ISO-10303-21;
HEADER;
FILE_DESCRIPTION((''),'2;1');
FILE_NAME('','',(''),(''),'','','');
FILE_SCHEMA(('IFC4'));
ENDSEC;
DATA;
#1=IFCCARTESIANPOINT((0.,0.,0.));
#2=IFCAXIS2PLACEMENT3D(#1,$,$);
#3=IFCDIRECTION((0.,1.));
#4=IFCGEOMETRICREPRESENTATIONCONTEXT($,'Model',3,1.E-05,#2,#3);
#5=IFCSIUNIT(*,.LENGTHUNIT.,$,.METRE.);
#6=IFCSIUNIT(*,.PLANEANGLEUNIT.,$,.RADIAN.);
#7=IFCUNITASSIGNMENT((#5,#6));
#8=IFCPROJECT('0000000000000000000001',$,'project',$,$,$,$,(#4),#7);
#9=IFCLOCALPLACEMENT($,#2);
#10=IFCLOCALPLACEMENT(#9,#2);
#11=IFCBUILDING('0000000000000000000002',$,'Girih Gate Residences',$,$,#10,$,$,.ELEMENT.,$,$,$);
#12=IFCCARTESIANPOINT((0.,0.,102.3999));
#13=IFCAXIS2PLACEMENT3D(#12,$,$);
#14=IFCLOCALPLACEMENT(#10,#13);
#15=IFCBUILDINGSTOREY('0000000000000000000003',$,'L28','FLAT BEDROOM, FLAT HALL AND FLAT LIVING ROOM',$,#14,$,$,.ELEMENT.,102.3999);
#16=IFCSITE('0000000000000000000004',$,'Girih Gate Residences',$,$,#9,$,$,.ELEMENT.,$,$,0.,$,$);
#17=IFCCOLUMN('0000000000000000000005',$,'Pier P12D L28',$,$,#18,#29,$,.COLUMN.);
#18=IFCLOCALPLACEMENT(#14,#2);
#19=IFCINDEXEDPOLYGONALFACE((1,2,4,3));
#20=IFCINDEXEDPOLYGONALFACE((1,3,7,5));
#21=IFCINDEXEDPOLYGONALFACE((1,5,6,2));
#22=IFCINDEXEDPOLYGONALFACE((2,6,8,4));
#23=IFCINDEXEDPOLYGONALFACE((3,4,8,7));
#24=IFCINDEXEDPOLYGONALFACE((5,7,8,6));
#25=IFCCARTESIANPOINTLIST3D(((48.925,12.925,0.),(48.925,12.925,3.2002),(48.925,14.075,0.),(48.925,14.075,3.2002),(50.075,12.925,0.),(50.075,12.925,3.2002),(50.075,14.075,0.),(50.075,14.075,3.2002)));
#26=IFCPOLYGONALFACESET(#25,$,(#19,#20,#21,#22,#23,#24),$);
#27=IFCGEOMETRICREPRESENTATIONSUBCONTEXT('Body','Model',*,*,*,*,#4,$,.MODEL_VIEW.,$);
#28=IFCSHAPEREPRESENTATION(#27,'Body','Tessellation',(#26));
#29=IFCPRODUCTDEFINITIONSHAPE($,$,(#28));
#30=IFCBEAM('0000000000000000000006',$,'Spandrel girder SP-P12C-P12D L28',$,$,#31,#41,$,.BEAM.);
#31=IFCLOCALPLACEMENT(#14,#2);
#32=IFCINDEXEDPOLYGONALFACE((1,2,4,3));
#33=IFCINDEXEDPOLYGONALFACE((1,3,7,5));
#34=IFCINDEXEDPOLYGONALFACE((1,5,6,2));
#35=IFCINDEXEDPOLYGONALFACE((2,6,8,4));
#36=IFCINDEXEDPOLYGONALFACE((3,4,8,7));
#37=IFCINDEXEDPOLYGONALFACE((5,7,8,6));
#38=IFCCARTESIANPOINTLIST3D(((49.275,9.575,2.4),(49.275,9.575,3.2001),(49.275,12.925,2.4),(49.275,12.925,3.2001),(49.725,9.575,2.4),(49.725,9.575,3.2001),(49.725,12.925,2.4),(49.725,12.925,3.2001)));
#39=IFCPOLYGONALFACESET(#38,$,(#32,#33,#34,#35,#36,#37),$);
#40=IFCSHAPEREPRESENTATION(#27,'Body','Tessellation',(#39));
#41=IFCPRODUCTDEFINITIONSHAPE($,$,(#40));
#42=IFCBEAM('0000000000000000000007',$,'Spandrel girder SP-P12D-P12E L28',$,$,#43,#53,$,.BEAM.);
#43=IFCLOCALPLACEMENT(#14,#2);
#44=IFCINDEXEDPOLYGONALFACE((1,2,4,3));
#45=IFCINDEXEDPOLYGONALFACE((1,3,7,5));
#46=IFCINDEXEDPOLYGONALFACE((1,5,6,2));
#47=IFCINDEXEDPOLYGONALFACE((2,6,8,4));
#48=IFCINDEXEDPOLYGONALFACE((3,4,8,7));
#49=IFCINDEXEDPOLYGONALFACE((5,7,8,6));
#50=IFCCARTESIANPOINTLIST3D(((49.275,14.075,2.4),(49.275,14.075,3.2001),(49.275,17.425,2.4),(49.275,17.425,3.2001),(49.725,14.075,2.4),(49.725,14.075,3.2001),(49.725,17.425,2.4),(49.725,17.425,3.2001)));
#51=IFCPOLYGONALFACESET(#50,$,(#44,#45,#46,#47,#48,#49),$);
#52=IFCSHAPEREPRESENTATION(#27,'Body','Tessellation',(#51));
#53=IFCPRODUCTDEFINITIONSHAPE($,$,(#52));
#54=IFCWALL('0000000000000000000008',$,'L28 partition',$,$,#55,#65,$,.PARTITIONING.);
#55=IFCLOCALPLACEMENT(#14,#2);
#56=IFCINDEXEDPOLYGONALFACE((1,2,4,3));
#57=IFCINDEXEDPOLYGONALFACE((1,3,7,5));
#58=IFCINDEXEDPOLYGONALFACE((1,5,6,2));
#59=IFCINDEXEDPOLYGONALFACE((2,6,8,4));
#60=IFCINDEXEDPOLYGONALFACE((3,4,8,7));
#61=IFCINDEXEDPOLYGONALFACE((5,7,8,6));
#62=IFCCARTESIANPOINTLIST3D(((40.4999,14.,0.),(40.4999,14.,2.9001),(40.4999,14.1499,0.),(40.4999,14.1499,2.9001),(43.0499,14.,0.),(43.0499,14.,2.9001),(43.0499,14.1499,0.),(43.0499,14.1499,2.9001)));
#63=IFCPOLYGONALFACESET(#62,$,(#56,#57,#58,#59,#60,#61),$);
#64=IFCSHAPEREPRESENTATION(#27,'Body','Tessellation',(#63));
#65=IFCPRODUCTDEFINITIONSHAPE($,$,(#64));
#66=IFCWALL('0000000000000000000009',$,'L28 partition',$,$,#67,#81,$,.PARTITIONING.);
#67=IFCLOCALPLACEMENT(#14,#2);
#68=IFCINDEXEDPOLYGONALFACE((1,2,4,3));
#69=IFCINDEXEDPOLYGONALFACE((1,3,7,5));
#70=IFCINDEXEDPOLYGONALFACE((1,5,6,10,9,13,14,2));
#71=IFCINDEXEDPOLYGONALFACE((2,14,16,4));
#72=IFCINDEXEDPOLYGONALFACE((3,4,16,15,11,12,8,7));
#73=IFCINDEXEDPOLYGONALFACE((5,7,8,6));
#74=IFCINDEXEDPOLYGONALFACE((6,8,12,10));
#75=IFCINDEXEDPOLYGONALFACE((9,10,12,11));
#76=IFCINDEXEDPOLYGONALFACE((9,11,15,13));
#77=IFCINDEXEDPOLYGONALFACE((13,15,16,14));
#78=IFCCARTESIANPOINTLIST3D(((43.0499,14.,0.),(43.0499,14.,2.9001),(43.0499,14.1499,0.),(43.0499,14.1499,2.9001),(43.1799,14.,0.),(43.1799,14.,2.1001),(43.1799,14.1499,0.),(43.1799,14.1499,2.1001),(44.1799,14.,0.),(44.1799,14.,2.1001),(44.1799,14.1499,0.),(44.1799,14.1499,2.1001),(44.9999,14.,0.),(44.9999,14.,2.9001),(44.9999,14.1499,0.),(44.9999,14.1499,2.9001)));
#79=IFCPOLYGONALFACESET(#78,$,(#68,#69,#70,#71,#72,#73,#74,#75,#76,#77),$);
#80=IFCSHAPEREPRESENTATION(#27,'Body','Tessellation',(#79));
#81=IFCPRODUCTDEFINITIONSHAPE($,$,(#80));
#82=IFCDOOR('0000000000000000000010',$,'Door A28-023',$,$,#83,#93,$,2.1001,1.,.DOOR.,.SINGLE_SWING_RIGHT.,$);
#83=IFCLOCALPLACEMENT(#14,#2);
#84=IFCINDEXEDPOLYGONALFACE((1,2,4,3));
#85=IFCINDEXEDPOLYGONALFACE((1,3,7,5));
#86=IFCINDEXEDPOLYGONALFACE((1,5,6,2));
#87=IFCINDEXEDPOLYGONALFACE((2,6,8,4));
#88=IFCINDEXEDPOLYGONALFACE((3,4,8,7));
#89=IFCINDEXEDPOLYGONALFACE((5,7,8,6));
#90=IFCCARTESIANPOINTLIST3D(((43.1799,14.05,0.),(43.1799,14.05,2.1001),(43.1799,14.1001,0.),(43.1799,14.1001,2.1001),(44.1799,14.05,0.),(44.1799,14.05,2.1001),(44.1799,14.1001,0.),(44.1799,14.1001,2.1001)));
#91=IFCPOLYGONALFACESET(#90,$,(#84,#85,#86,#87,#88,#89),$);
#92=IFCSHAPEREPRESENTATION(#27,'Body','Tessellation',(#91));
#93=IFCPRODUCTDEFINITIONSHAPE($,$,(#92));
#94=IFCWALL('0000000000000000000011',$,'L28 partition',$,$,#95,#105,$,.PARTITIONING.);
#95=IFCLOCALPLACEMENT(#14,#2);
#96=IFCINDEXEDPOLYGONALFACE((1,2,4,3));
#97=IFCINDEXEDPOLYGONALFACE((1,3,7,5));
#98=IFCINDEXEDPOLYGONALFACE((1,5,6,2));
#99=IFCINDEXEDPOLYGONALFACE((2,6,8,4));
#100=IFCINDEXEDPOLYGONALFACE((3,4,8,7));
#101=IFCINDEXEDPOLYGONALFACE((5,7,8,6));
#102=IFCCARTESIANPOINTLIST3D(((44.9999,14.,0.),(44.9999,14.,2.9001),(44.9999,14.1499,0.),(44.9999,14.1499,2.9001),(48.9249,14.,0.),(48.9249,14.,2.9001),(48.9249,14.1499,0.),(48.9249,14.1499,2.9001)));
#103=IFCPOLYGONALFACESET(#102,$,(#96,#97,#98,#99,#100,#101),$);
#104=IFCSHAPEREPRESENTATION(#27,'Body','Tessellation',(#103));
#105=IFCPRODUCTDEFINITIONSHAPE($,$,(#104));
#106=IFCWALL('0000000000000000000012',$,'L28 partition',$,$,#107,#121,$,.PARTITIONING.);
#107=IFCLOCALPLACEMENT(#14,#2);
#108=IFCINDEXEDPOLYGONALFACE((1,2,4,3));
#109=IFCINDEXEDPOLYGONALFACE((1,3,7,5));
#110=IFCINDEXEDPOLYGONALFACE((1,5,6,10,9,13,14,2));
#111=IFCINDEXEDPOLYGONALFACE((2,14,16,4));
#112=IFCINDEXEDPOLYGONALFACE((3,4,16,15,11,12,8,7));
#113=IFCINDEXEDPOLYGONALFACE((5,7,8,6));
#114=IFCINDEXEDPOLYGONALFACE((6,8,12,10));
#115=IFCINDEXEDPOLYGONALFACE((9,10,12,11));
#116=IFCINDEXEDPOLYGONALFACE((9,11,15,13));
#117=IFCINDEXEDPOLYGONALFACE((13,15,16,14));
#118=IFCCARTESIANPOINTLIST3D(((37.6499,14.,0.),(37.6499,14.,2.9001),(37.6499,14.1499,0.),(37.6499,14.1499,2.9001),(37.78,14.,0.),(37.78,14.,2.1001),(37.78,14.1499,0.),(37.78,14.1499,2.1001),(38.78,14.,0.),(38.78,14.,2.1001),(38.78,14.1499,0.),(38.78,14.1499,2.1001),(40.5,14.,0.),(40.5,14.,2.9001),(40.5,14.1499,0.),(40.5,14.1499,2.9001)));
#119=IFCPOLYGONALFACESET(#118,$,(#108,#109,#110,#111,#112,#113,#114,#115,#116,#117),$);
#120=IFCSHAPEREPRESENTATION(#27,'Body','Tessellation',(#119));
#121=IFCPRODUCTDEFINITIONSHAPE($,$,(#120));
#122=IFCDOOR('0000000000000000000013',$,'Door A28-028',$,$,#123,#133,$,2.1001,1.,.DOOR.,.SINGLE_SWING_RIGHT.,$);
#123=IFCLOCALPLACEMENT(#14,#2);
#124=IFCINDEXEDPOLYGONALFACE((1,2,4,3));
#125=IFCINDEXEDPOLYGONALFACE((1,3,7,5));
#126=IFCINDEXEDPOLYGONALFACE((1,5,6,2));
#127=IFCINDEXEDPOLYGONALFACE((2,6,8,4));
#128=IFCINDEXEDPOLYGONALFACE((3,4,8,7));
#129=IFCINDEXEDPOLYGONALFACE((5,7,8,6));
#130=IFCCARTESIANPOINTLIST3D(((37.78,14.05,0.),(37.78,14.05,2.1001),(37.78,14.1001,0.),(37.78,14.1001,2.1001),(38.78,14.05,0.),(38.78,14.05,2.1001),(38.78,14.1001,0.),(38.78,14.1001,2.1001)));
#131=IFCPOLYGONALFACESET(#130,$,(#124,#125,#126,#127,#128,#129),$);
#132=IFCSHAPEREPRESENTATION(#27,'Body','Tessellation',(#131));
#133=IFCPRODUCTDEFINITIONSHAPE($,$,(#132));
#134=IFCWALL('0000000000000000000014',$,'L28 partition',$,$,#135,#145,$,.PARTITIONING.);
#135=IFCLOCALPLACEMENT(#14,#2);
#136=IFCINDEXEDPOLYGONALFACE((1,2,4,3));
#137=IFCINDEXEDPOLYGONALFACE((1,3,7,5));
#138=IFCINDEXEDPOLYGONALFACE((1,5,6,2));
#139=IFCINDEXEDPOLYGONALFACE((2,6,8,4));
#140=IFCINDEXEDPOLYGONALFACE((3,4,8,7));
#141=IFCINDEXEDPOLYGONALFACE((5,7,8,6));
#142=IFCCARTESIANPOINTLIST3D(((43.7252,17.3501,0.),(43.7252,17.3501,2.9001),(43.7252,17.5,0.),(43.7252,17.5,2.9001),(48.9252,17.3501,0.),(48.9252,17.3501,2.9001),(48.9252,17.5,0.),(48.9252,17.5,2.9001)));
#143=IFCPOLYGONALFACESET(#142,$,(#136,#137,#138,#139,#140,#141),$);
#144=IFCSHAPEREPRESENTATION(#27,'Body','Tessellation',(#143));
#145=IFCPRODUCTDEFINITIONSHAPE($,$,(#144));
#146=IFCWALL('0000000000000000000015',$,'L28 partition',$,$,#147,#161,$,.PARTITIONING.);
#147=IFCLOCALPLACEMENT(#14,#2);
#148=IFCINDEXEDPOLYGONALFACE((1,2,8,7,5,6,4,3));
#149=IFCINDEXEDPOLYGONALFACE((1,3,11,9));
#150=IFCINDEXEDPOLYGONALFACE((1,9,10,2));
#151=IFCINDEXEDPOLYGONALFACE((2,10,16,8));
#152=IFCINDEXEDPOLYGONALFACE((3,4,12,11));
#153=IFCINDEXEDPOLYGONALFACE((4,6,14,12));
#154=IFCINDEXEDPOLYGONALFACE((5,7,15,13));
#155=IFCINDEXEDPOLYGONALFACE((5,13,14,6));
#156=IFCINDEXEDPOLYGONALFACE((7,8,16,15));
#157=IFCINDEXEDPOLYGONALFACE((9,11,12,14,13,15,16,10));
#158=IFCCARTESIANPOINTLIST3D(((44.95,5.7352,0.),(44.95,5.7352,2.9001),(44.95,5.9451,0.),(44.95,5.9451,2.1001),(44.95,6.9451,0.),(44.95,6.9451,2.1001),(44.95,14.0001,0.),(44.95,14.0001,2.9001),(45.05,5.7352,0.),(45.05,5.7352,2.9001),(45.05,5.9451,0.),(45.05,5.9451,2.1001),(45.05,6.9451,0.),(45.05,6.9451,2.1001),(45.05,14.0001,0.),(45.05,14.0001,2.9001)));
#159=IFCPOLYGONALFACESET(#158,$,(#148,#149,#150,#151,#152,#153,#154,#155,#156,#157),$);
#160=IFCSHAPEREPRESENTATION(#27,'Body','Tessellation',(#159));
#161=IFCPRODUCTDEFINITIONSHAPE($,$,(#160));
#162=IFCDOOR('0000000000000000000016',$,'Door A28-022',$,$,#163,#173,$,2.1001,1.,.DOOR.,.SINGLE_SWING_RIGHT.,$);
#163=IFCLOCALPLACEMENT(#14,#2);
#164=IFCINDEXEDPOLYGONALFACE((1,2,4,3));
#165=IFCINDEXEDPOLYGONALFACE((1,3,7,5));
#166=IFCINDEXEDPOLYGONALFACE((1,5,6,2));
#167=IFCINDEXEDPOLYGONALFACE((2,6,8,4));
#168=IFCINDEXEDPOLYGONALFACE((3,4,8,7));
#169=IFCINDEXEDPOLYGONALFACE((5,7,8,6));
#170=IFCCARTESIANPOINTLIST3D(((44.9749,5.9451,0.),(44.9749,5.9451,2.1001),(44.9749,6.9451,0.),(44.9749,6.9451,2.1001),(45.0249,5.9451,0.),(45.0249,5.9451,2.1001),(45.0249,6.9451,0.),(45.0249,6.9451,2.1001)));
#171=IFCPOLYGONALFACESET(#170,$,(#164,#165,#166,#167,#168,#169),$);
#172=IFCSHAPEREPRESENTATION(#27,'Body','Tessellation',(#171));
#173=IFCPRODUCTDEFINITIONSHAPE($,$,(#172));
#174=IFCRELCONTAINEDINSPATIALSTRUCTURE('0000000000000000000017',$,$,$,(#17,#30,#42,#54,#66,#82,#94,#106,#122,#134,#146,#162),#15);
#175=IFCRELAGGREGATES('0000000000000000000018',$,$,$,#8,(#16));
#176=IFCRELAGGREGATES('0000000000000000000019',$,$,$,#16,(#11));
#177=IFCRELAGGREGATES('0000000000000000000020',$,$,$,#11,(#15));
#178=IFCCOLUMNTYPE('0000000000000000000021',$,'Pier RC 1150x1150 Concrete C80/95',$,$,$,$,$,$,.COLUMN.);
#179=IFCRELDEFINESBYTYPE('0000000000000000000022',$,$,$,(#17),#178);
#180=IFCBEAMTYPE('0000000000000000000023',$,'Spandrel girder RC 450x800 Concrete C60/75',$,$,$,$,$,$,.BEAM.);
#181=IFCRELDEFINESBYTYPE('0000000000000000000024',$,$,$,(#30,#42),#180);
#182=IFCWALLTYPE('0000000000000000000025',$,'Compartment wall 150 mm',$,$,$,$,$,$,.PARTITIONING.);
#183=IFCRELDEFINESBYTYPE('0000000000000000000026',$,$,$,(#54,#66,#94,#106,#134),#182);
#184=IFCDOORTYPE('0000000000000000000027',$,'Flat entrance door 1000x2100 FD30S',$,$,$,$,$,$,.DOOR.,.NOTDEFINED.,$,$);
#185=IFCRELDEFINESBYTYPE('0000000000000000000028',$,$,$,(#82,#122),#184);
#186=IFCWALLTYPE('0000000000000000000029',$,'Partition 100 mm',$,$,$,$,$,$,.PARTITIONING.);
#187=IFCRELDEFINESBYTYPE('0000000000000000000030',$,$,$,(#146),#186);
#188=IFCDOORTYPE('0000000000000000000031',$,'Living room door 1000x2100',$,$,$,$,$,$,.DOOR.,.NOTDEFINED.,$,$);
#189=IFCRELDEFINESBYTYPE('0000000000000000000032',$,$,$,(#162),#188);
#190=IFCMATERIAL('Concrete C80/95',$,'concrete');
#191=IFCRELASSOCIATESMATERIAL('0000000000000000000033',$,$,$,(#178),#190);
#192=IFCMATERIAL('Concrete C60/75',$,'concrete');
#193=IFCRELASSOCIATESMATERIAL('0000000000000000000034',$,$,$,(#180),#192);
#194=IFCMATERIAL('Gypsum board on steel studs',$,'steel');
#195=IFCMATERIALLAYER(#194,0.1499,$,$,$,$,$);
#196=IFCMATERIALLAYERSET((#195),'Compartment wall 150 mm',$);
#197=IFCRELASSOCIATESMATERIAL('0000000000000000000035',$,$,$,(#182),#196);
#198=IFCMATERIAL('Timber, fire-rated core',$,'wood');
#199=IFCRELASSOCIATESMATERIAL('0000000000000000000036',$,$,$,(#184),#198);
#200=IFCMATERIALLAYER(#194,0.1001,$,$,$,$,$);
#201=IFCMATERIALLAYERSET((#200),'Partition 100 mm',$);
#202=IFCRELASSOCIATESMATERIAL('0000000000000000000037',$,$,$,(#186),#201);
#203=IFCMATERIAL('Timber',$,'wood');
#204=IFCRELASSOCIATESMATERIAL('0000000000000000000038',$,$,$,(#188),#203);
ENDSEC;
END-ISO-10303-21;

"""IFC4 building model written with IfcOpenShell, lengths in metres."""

from ifc_helpers import new_model, si_unit, direction, frame, frame_2d, origin, origin_2d, place, context, subcontext, project, spatial, rectangle, extrude, material, layer, layer_set, material_profile, profile_set, type_object, element, fill, save


model = new_model("IFC4")

# Units and contexts
model_context = context("Model", 3, precision=1e-05, world=origin(), true_north=direction((0.0, 1.0)))
body_context = subcontext(model_context, "Body", "Model", "MODEL_VIEW")
ifc_project = project(units=[si_unit("LENGTHUNIT", "METRE"), si_unit("PLANEANGLEUNIT", "RADIAN")], contexts=[model_context])

# Site, building, storey
site_placement = place(None, origin())
site = spatial("IfcSite", under=ifc_project, at=site_placement, Name="Girih Gate Residences", CompositionType="ELEMENT", RefElevation=0.0)
building_placement = place(site_placement, origin())
building = spatial("IfcBuilding", under=site, at=building_placement, Name="Girih Gate Residences", CompositionType="ELEMENT")
storey_placement = place(building_placement, frame((0.0, 0.0, 102.3999)))
storey = spatial("IfcBuildingStorey", under=building, at=storey_placement, Name="L28", Description="FLAT BEDROOM, FLAT HALL AND FLAT LIVING ROOM", CompositionType="ELEMENT", Elevation=102.3999)

# Column
ifc_material_1 = material(Name="Concrete C80/95", Category="concrete")
ifc_material_profile_1 = material_profile(ifc_material_1, rectangle(XDim=1.1499, YDim=1.1499, at=origin_2d()))
ifc_profile_set_1 = profile_set([ifc_material_profile_1], Name="Concrete C80/95")
column_type = type_object("IfcColumnType", Name="Pier RC 1150x1150 Concrete C80/95", PredefinedType="COLUMN", material=ifc_profile_set_1)
column_placement = place(storey_placement, frame((49.5, 13.5, 0.0), z_axis=(0.0, 0.0, 1.0), x_axis=(1.0, 0.0, 0.0)))
element("IfcColumn", 1, at=column_placement, inside=storey, type_object=column_type, Name="Pier P12D L28", PredefinedType="COLUMN", context=body_context, shape_type="SweptSolid", body=[
    extrude(rectangle(XDim=1.1499, YDim=1.1499, at=origin_2d()), origin(), (0.0, 0.0, 1.0), 3.2002),
])

# Beams
ifc_material_2 = material(Name="Concrete C60/75", Category="concrete")
ifc_material_profile_2 = material_profile(ifc_material_2, rectangle(XDim=0.45, YDim=0.8, at=origin_2d()))
ifc_profile_set_2 = profile_set([ifc_material_profile_2], Name="Concrete C60/75")
beam_type = type_object("IfcBeamType", Name="Spandrel girder RC 450x800 Concrete C60/75", PredefinedType="BEAM", material=ifc_profile_set_2)
for number, where, z_axis, x_axis, name in (
    (2, (49.5, 9.575, 2.8), (0.0, 1.0, 0.0), (-1.0, 0.0, 0.0), "Spandrel girder SP-P12C-P12D L28"),
    (3, (49.5, 14.075, 2.8), (0.0, 1.0, 0.0), (-1.0, 0.0, 0.0), "Spandrel girder SP-P12D-P12E L28"),
):
    element("IfcBeam", number, at=place(storey_placement, frame(where, z_axis=z_axis, x_axis=x_axis)), inside=storey, type_object=beam_type, Name=name, PredefinedType="BEAM", context=body_context, shape_type="SweptSolid", body=[
        extrude(rectangle(XDim=0.45, YDim=0.8, at=origin_2d()), origin(), (0.0, 0.0, 1.0), 3.3501),
    ])

# Wall
ifc_material_3 = material(Name="Gypsum board on steel studs", Category="steel")
ifc_layer_1 = layer(ifc_material_3, 0.1499)
ifc_layer_set_1 = layer_set([ifc_layer_1], Name="Compartment wall 150 mm")
wall_type_1 = type_object("IfcWallType", Name="Compartment wall 150 mm", PredefinedType="PARTITIONING", material=ifc_layer_set_1)
wall_1_placement = place(storey_placement, frame((40.5, 14.075, 0.0), z_axis=(0.0, 0.0, 1.0), x_axis=(1.0, 0.0, 0.0)))
element("IfcWall", 4, at=wall_1_placement, inside=storey, type_object=wall_type_1, Name="L28 partition", PredefinedType="PARTITIONING", context=body_context, shape_type="SweptSolid", body=[
    extrude(rectangle(XDim=2.55, YDim=0.1499, at=frame_2d((1.2749, 0.0))), origin(), (0.0, 0.0, 1.0), 2.9001),
])

# Wall, opening, door
wall_2_placement = place(storey_placement, frame((45.0, 14.075, 0.0), z_axis=(0.0, 0.0, 1.0), x_axis=(-1.0, 0.0, 0.0)))
wall_2 = element("IfcWall", 5, at=wall_2_placement, inside=storey, type_object=wall_type_1, Name="L28 partition", PredefinedType="PARTITIONING", context=body_context, shape_type="SweptSolid", body=[
    extrude(rectangle(XDim=1.95, YDim=0.1499, at=frame_2d((0.9751, 0.0))), origin(), (0.0, 0.0, 1.0), 2.9001),
])
opening_1_placement = place(wall_2_placement, frame((0.8201, 0.0, 0.0)))
opening_1 = element("IfcOpeningElement", 6, at=opening_1_placement, cuts=wall_2, PredefinedType="OPENING", context=body_context, shape_type="SweptSolid", body=[
    extrude(rectangle(XDim=1.0, YDim=2.1001, at=frame_2d((0.5, 1.05))), frame((0.0, 0.085, 0.0), z_axis=(0.0, -1.0, 0.0), x_axis=(1.0, 0.0, 0.0)), (0.0, 0.0, 1.0), 0.1699),
])
ifc_material_4 = material(Name="Timber, fire-rated core", Category="wood")
door_type_1 = type_object("IfcDoorType", Name="Flat entrance door 1000x2100 FD30S", OperationType="NOTDEFINED", PredefinedType="DOOR", material=ifc_material_4)
door_1_placement = place(opening_1_placement, origin())
door_1 = element("IfcDoor", 7, at=door_1_placement, inside=storey, type_object=door_type_1, Name="Door A28-023", OperationType="SINGLE_SWING_RIGHT", OverallHeight=2.1001, OverallWidth=1.0, PredefinedType="DOOR", context=body_context, shape_type="SweptSolid", body=[
    extrude(rectangle(XDim=1.0, YDim=2.1001, at=frame_2d((0.5, 1.05))), frame((0.0, 0.0249, 0.0), z_axis=(0.0, -1.0, 0.0), x_axis=(1.0, 0.0, 0.0)), (0.0, 0.0, 1.0), 0.05),
])
fill(opening_1, door_1)

# Wall
wall_3_placement = place(storey_placement, frame((45.0, 14.075, 0.0), z_axis=(0.0, 0.0, 1.0), x_axis=(1.0, 0.0, 0.0)))
element("IfcWall", 8, at=wall_3_placement, inside=storey, type_object=wall_type_1, Name="L28 partition", PredefinedType="PARTITIONING", context=body_context, shape_type="SweptSolid", body=[
    extrude(rectangle(XDim=3.925, YDim=0.1499, at=frame_2d((1.9624, 0.0))), origin(), (0.0, 0.0, 1.0), 2.9001),
])

# Wall, opening, door
wall_4_placement = place(storey_placement, frame((40.5, 14.075, 0.0), z_axis=(0.0, 0.0, 1.0), x_axis=(-1.0, 0.0, 0.0)))
wall_4 = element("IfcWall", 9, at=wall_4_placement, inside=storey, type_object=wall_type_1, Name="L28 partition", PredefinedType="PARTITIONING", context=body_context, shape_type="SweptSolid", body=[
    extrude(rectangle(XDim=2.8501, YDim=0.1499, at=frame_2d((1.425, 0.0))), origin(), (0.0, 0.0, 1.0), 2.9001),
])
opening_2_placement = place(wall_4_placement, frame((1.72, 0.0, 0.0)))
opening_2 = element("IfcOpeningElement", 10, at=opening_2_placement, cuts=wall_4, PredefinedType="OPENING", context=body_context, shape_type="SweptSolid", body=[
    extrude(rectangle(XDim=1.0, YDim=2.1001, at=frame_2d((0.5, 1.05))), frame((0.0, 0.085, 0.0), z_axis=(0.0, -1.0, 0.0), x_axis=(1.0, 0.0, 0.0)), (0.0, 0.0, 1.0), 0.1699),
])
door_2_placement = place(opening_2_placement, origin())
door_2 = element("IfcDoor", 11, at=door_2_placement, inside=storey, type_object=door_type_1, Name="Door A28-028", OperationType="SINGLE_SWING_RIGHT", OverallHeight=2.1001, OverallWidth=1.0, PredefinedType="DOOR", context=body_context, shape_type="SweptSolid", body=[
    extrude(rectangle(XDim=1.0, YDim=2.1001, at=frame_2d((0.5, 1.05))), frame((0.0, 0.0249, 0.0), z_axis=(0.0, -1.0, 0.0), x_axis=(1.0, 0.0, 0.0)), (0.0, 0.0, 1.0), 0.05),
])
fill(opening_2, door_2)

# Wall
wall_5_placement = place(storey_placement, frame((43.7251, 17.425, 0.0), z_axis=(0.0, 0.0, 1.0), x_axis=(1.0, 0.0, 0.0)))
element("IfcWall", 12, at=wall_5_placement, inside=storey, type_object=wall_type_1, Name="L28 partition", PredefinedType="PARTITIONING", context=body_context, shape_type="SweptSolid", body=[
    extrude(rectangle(XDim=5.2, YDim=0.1499, at=frame_2d((2.6001, 0.0))), origin(), (0.0, 0.0, 1.0), 2.9001),
])

# Wall, opening, door
ifc_layer_2 = layer(ifc_material_3, 0.1001)
ifc_layer_set_2 = layer_set([ifc_layer_2], Name="Partition 100 mm")
wall_type_2 = type_object("IfcWallType", Name="Partition 100 mm", PredefinedType="PARTITIONING", material=ifc_layer_set_2)
wall_6_placement = place(storey_placement, frame((45.0, 14.0, 0.0), z_axis=(0.0, 0.0, 1.0), x_axis=(0.0, -1.0, 0.0)))
wall_6 = element("IfcWall", 13, at=wall_6_placement, inside=storey, type_object=wall_type_2, Name="L28 partition", PredefinedType="PARTITIONING", context=body_context, shape_type="SweptSolid", body=[
    extrude(rectangle(XDim=8.2649, YDim=0.1001, at=frame_2d((4.1323, 0.0))), origin(), (0.0, 0.0, 1.0), 2.9001),
])
opening_3_placement = place(wall_6_placement, frame((7.0549, 0.0, 0.0)))
opening_3 = element("IfcOpeningElement", 14, at=opening_3_placement, cuts=wall_6, PredefinedType="OPENING", context=body_context, shape_type="SweptSolid", body=[
    extrude(rectangle(XDim=1.0, YDim=2.1001, at=frame_2d((0.5, 1.05))), frame((0.0, 0.0601, 0.0), z_axis=(0.0, -1.0, 0.0), x_axis=(1.0, 0.0, 0.0)), (0.0, 0.0, 1.0), 0.1201),
])
ifc_material_5 = material(Name="Timber", Category="wood")
door_type_2 = type_object("IfcDoorType", Name="Living room door 1000x2100", OperationType="NOTDEFINED", PredefinedType="DOOR", material=ifc_material_5)
door_3_placement = place(opening_3_placement, origin())
door_3 = element("IfcDoor", 15, at=door_3_placement, inside=storey, type_object=door_type_2, Name="Door A28-022", OperationType="SINGLE_SWING_RIGHT", OverallHeight=2.1001, OverallWidth=1.0, PredefinedType="DOOR", context=body_context, shape_type="SweptSolid", body=[
    extrude(rectangle(XDim=1.0, YDim=2.1001, at=frame_2d((0.5, 1.05))), frame((0.0, 0.0249, 0.0), z_axis=(0.0, -1.0, 0.0), x_axis=(1.0, 0.0, 0.0)), (0.0, 0.0, 1.0), 0.05),
])
fill(opening_3, door_3)

save(model, "model.ifc")
